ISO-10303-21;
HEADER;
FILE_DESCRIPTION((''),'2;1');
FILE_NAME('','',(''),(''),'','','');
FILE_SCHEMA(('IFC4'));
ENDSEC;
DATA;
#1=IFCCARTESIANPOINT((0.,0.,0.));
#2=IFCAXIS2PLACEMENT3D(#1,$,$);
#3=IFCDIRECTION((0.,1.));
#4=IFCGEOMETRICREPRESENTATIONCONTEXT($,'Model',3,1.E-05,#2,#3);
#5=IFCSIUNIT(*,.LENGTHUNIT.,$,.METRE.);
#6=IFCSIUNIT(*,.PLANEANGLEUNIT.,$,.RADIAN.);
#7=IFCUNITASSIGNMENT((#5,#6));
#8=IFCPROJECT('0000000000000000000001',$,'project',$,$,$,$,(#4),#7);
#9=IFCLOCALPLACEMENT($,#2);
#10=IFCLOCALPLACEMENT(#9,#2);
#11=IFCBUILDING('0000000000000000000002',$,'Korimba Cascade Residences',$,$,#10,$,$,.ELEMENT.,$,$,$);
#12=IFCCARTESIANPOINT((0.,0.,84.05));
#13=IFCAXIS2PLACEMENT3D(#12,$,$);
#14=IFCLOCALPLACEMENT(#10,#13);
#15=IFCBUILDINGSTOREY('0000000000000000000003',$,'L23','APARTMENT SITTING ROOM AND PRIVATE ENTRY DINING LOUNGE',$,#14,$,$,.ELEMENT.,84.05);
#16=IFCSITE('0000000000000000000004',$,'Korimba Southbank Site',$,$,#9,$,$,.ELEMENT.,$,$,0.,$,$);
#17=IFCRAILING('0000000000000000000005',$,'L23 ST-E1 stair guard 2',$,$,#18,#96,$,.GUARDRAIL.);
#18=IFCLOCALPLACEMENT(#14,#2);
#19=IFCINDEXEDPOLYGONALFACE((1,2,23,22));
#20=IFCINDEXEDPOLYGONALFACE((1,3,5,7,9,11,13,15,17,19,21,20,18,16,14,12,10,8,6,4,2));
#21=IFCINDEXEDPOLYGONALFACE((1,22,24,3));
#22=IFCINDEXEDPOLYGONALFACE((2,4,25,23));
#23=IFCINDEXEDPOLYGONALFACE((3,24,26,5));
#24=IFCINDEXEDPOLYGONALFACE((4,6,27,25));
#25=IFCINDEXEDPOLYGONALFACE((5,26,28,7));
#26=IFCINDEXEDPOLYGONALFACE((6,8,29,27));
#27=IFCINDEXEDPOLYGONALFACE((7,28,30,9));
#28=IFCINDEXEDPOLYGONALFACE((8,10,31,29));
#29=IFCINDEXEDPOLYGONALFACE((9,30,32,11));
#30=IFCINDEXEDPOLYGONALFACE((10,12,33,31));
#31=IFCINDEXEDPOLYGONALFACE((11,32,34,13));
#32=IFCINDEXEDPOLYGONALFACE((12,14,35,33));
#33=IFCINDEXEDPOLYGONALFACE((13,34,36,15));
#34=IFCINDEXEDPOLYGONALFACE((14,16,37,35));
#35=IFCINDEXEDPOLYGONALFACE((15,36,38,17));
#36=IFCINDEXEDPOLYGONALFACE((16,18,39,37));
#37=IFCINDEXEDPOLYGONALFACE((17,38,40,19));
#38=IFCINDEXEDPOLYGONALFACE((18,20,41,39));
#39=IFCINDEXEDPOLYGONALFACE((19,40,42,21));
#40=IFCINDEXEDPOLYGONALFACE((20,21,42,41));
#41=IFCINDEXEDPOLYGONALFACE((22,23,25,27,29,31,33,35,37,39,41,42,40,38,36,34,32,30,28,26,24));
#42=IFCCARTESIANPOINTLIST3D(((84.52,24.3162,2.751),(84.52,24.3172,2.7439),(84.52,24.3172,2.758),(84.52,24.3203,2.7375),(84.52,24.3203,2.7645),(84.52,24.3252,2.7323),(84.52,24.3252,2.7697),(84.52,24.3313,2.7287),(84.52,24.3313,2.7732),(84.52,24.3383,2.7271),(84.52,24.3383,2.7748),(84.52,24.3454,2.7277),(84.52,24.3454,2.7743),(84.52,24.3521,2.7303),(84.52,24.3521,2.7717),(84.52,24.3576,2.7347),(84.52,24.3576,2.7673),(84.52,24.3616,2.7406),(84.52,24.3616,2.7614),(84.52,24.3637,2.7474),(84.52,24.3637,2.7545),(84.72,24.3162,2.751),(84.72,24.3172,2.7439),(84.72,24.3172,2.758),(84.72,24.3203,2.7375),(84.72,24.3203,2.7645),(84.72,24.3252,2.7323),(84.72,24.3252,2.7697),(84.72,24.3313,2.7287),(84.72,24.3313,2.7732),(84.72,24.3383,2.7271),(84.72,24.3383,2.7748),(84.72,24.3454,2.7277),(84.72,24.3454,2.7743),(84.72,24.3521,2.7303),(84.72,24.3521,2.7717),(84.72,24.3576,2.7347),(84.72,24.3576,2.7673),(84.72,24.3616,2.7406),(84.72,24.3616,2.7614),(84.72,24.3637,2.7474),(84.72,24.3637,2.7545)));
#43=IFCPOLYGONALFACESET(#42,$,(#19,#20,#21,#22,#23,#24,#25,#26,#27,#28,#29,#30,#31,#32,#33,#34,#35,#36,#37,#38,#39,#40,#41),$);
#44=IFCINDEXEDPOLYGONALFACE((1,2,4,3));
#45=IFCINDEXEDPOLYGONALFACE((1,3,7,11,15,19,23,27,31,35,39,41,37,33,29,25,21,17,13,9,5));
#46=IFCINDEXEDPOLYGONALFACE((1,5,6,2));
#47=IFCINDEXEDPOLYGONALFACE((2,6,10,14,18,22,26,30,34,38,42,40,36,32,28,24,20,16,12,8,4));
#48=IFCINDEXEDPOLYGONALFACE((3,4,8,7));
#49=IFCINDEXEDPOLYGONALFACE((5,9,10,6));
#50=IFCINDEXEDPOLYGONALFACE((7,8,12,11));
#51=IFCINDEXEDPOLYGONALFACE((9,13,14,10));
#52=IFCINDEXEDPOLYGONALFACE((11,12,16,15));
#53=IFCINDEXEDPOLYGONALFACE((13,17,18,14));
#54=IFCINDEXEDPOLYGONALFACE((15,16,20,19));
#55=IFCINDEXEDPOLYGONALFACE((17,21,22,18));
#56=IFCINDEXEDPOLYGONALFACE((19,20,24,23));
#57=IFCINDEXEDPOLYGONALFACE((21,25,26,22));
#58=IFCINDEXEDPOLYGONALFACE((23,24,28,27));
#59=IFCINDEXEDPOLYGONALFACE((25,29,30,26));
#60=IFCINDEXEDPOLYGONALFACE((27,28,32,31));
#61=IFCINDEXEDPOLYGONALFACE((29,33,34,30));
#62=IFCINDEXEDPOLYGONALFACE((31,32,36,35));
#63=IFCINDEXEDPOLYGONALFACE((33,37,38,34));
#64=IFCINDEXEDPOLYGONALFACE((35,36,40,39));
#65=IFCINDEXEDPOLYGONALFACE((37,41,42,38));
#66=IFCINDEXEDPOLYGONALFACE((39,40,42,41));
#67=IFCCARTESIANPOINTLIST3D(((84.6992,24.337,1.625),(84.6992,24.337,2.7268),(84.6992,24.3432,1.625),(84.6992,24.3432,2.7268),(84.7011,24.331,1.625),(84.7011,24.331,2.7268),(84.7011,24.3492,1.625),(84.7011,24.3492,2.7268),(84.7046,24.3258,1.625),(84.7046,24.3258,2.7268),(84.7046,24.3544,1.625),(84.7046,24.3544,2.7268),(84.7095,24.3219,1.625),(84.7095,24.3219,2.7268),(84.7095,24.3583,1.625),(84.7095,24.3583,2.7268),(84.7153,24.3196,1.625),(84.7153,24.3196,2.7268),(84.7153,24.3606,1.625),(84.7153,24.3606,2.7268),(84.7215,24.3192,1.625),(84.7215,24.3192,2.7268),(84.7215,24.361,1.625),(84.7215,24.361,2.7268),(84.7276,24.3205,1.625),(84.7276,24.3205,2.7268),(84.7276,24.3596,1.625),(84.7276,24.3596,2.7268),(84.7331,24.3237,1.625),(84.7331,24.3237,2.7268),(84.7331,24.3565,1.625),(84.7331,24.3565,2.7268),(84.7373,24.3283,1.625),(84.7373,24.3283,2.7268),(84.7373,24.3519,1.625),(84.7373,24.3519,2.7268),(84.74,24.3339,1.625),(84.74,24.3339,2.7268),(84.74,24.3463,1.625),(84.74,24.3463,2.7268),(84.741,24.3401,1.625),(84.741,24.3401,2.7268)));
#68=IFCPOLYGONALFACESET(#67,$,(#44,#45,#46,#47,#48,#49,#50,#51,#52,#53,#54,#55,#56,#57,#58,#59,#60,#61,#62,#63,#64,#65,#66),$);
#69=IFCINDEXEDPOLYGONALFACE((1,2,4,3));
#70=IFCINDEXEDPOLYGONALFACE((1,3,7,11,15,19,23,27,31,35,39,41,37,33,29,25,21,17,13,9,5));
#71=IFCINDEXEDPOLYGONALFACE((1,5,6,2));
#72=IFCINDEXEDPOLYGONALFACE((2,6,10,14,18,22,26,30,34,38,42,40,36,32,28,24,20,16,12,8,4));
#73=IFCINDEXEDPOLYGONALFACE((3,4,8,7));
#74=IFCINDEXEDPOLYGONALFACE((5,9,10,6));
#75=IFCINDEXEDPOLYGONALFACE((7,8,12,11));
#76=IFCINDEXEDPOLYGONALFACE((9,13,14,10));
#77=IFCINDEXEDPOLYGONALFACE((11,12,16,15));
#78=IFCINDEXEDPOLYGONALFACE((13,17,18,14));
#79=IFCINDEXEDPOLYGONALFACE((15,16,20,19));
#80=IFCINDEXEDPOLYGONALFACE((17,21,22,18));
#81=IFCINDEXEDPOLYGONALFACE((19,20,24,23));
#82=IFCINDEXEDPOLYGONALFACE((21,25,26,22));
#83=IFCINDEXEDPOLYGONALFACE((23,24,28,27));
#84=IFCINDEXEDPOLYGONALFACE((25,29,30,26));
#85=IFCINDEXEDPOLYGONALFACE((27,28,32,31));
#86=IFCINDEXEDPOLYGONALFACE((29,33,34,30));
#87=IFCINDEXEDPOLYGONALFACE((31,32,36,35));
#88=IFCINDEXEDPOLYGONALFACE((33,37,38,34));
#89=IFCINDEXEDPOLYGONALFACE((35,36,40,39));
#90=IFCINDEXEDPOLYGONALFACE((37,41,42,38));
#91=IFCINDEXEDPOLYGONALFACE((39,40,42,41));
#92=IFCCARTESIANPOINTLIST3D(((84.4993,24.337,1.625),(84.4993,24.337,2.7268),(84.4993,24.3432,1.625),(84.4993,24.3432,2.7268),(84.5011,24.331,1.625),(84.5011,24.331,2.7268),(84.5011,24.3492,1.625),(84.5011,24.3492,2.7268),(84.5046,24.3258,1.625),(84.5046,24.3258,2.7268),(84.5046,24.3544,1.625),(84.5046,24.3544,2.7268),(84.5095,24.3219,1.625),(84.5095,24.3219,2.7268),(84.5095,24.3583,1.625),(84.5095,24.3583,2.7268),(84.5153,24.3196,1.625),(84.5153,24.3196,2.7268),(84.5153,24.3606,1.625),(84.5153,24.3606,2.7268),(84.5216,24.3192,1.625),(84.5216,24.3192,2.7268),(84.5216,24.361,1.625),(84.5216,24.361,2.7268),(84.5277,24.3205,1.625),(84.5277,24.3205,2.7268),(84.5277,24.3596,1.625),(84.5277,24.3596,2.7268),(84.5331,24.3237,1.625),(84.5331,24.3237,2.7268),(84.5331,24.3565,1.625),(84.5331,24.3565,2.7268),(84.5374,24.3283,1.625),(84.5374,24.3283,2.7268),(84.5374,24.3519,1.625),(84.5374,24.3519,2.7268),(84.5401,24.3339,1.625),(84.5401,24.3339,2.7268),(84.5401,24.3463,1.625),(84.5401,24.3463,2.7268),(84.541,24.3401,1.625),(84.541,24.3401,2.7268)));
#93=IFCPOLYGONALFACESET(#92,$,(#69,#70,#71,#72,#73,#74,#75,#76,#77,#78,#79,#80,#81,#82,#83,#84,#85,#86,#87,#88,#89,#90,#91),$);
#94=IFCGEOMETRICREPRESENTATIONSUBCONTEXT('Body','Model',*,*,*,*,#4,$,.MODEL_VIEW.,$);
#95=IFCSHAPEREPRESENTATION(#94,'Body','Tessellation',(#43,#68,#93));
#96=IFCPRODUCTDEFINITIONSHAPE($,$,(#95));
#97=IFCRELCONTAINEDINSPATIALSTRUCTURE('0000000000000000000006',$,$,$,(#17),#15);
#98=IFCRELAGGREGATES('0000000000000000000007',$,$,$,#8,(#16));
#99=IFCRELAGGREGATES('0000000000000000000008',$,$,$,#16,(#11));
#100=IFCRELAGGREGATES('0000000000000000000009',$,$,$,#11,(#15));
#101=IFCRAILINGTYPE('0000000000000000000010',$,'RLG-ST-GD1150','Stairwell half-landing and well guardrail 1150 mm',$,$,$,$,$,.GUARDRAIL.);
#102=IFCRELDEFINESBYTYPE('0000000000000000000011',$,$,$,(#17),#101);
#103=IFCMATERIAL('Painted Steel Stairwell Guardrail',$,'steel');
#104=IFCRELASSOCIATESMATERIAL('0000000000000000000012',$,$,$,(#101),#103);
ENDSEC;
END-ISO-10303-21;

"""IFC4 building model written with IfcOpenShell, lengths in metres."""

from ifc_helpers import new_model, si_unit, direction, frame, origin, origin_2d, place, context, subcontext, project, spatial, circle, extrude, material, type_object, element, save


model = new_model("IFC4")

# Units and contexts
model_context = context("Model", 3, precision=1e-05, world=origin(), true_north=direction((0.0, 1.0)))
body_context = subcontext(model_context, "Body", "Model", "MODEL_VIEW")
ifc_project = project(units=[si_unit("LENGTHUNIT", "METRE"), si_unit("PLANEANGLEUNIT", "RADIAN")], contexts=[model_context])

# Site, building, storey
site_placement = place(None, origin())
site = spatial("IfcSite", under=ifc_project, at=site_placement, Name="Korimba Southbank Site", CompositionType="ELEMENT", RefElevation=0.0)
building_placement = place(site_placement, origin())
building = spatial("IfcBuilding", under=site, at=building_placement, Name="Korimba Cascade Residences", CompositionType="ELEMENT")
storey_placement = place(building_placement, frame((0.0, 0.0, 84.05)))
storey = spatial("IfcBuildingStorey", under=building, at=storey_placement, Name="L23", Description="APARTMENT SITTING ROOM AND PRIVATE ENTRY DINING LOUNGE", CompositionType="ELEMENT", Elevation=84.05)

# Railing
ifc_material_1 = material(Name="Painted Steel Stairwell Guardrail", Category="steel")
railing_type_1 = type_object("IfcRailingType", Name="RLG-ST-GD1150", Description="Stairwell half-landing and well guardrail 1150 mm", PredefinedType="GUARDRAIL", material=ifc_material_1)
railing_1_placement = place(storey_placement, frame((84.72, 24.3401, 1.625)))
element("IfcRailing", 1, at=railing_1_placement, inside=storey, type_object=railing_type_1, Name="L23 ST-E1 stair guard 2", PredefinedType="GUARDRAIL", context=body_context, shape_type="SweptSolid", body=[
    extrude(circle(Radius=0.0239, at=origin_2d()), frame((0.0, 0.0, 1.126), z_axis=(-1.0, 0.0, 0.0), x_axis=(0.0, -1.0, 0.0)), (0.0, 0.0, 1.0), 0.2),
    extrude(circle(Radius=0.021, at=origin_2d()), origin(), (0.0, 0.0, 1.0), 1.1018),
    extrude(circle(Radius=0.021, at=origin_2d()), frame((-0.2, 0.0, 0.0)), (0.0, 0.0, 1.0), 1.1018),
])

save(model, "model.ifc")
